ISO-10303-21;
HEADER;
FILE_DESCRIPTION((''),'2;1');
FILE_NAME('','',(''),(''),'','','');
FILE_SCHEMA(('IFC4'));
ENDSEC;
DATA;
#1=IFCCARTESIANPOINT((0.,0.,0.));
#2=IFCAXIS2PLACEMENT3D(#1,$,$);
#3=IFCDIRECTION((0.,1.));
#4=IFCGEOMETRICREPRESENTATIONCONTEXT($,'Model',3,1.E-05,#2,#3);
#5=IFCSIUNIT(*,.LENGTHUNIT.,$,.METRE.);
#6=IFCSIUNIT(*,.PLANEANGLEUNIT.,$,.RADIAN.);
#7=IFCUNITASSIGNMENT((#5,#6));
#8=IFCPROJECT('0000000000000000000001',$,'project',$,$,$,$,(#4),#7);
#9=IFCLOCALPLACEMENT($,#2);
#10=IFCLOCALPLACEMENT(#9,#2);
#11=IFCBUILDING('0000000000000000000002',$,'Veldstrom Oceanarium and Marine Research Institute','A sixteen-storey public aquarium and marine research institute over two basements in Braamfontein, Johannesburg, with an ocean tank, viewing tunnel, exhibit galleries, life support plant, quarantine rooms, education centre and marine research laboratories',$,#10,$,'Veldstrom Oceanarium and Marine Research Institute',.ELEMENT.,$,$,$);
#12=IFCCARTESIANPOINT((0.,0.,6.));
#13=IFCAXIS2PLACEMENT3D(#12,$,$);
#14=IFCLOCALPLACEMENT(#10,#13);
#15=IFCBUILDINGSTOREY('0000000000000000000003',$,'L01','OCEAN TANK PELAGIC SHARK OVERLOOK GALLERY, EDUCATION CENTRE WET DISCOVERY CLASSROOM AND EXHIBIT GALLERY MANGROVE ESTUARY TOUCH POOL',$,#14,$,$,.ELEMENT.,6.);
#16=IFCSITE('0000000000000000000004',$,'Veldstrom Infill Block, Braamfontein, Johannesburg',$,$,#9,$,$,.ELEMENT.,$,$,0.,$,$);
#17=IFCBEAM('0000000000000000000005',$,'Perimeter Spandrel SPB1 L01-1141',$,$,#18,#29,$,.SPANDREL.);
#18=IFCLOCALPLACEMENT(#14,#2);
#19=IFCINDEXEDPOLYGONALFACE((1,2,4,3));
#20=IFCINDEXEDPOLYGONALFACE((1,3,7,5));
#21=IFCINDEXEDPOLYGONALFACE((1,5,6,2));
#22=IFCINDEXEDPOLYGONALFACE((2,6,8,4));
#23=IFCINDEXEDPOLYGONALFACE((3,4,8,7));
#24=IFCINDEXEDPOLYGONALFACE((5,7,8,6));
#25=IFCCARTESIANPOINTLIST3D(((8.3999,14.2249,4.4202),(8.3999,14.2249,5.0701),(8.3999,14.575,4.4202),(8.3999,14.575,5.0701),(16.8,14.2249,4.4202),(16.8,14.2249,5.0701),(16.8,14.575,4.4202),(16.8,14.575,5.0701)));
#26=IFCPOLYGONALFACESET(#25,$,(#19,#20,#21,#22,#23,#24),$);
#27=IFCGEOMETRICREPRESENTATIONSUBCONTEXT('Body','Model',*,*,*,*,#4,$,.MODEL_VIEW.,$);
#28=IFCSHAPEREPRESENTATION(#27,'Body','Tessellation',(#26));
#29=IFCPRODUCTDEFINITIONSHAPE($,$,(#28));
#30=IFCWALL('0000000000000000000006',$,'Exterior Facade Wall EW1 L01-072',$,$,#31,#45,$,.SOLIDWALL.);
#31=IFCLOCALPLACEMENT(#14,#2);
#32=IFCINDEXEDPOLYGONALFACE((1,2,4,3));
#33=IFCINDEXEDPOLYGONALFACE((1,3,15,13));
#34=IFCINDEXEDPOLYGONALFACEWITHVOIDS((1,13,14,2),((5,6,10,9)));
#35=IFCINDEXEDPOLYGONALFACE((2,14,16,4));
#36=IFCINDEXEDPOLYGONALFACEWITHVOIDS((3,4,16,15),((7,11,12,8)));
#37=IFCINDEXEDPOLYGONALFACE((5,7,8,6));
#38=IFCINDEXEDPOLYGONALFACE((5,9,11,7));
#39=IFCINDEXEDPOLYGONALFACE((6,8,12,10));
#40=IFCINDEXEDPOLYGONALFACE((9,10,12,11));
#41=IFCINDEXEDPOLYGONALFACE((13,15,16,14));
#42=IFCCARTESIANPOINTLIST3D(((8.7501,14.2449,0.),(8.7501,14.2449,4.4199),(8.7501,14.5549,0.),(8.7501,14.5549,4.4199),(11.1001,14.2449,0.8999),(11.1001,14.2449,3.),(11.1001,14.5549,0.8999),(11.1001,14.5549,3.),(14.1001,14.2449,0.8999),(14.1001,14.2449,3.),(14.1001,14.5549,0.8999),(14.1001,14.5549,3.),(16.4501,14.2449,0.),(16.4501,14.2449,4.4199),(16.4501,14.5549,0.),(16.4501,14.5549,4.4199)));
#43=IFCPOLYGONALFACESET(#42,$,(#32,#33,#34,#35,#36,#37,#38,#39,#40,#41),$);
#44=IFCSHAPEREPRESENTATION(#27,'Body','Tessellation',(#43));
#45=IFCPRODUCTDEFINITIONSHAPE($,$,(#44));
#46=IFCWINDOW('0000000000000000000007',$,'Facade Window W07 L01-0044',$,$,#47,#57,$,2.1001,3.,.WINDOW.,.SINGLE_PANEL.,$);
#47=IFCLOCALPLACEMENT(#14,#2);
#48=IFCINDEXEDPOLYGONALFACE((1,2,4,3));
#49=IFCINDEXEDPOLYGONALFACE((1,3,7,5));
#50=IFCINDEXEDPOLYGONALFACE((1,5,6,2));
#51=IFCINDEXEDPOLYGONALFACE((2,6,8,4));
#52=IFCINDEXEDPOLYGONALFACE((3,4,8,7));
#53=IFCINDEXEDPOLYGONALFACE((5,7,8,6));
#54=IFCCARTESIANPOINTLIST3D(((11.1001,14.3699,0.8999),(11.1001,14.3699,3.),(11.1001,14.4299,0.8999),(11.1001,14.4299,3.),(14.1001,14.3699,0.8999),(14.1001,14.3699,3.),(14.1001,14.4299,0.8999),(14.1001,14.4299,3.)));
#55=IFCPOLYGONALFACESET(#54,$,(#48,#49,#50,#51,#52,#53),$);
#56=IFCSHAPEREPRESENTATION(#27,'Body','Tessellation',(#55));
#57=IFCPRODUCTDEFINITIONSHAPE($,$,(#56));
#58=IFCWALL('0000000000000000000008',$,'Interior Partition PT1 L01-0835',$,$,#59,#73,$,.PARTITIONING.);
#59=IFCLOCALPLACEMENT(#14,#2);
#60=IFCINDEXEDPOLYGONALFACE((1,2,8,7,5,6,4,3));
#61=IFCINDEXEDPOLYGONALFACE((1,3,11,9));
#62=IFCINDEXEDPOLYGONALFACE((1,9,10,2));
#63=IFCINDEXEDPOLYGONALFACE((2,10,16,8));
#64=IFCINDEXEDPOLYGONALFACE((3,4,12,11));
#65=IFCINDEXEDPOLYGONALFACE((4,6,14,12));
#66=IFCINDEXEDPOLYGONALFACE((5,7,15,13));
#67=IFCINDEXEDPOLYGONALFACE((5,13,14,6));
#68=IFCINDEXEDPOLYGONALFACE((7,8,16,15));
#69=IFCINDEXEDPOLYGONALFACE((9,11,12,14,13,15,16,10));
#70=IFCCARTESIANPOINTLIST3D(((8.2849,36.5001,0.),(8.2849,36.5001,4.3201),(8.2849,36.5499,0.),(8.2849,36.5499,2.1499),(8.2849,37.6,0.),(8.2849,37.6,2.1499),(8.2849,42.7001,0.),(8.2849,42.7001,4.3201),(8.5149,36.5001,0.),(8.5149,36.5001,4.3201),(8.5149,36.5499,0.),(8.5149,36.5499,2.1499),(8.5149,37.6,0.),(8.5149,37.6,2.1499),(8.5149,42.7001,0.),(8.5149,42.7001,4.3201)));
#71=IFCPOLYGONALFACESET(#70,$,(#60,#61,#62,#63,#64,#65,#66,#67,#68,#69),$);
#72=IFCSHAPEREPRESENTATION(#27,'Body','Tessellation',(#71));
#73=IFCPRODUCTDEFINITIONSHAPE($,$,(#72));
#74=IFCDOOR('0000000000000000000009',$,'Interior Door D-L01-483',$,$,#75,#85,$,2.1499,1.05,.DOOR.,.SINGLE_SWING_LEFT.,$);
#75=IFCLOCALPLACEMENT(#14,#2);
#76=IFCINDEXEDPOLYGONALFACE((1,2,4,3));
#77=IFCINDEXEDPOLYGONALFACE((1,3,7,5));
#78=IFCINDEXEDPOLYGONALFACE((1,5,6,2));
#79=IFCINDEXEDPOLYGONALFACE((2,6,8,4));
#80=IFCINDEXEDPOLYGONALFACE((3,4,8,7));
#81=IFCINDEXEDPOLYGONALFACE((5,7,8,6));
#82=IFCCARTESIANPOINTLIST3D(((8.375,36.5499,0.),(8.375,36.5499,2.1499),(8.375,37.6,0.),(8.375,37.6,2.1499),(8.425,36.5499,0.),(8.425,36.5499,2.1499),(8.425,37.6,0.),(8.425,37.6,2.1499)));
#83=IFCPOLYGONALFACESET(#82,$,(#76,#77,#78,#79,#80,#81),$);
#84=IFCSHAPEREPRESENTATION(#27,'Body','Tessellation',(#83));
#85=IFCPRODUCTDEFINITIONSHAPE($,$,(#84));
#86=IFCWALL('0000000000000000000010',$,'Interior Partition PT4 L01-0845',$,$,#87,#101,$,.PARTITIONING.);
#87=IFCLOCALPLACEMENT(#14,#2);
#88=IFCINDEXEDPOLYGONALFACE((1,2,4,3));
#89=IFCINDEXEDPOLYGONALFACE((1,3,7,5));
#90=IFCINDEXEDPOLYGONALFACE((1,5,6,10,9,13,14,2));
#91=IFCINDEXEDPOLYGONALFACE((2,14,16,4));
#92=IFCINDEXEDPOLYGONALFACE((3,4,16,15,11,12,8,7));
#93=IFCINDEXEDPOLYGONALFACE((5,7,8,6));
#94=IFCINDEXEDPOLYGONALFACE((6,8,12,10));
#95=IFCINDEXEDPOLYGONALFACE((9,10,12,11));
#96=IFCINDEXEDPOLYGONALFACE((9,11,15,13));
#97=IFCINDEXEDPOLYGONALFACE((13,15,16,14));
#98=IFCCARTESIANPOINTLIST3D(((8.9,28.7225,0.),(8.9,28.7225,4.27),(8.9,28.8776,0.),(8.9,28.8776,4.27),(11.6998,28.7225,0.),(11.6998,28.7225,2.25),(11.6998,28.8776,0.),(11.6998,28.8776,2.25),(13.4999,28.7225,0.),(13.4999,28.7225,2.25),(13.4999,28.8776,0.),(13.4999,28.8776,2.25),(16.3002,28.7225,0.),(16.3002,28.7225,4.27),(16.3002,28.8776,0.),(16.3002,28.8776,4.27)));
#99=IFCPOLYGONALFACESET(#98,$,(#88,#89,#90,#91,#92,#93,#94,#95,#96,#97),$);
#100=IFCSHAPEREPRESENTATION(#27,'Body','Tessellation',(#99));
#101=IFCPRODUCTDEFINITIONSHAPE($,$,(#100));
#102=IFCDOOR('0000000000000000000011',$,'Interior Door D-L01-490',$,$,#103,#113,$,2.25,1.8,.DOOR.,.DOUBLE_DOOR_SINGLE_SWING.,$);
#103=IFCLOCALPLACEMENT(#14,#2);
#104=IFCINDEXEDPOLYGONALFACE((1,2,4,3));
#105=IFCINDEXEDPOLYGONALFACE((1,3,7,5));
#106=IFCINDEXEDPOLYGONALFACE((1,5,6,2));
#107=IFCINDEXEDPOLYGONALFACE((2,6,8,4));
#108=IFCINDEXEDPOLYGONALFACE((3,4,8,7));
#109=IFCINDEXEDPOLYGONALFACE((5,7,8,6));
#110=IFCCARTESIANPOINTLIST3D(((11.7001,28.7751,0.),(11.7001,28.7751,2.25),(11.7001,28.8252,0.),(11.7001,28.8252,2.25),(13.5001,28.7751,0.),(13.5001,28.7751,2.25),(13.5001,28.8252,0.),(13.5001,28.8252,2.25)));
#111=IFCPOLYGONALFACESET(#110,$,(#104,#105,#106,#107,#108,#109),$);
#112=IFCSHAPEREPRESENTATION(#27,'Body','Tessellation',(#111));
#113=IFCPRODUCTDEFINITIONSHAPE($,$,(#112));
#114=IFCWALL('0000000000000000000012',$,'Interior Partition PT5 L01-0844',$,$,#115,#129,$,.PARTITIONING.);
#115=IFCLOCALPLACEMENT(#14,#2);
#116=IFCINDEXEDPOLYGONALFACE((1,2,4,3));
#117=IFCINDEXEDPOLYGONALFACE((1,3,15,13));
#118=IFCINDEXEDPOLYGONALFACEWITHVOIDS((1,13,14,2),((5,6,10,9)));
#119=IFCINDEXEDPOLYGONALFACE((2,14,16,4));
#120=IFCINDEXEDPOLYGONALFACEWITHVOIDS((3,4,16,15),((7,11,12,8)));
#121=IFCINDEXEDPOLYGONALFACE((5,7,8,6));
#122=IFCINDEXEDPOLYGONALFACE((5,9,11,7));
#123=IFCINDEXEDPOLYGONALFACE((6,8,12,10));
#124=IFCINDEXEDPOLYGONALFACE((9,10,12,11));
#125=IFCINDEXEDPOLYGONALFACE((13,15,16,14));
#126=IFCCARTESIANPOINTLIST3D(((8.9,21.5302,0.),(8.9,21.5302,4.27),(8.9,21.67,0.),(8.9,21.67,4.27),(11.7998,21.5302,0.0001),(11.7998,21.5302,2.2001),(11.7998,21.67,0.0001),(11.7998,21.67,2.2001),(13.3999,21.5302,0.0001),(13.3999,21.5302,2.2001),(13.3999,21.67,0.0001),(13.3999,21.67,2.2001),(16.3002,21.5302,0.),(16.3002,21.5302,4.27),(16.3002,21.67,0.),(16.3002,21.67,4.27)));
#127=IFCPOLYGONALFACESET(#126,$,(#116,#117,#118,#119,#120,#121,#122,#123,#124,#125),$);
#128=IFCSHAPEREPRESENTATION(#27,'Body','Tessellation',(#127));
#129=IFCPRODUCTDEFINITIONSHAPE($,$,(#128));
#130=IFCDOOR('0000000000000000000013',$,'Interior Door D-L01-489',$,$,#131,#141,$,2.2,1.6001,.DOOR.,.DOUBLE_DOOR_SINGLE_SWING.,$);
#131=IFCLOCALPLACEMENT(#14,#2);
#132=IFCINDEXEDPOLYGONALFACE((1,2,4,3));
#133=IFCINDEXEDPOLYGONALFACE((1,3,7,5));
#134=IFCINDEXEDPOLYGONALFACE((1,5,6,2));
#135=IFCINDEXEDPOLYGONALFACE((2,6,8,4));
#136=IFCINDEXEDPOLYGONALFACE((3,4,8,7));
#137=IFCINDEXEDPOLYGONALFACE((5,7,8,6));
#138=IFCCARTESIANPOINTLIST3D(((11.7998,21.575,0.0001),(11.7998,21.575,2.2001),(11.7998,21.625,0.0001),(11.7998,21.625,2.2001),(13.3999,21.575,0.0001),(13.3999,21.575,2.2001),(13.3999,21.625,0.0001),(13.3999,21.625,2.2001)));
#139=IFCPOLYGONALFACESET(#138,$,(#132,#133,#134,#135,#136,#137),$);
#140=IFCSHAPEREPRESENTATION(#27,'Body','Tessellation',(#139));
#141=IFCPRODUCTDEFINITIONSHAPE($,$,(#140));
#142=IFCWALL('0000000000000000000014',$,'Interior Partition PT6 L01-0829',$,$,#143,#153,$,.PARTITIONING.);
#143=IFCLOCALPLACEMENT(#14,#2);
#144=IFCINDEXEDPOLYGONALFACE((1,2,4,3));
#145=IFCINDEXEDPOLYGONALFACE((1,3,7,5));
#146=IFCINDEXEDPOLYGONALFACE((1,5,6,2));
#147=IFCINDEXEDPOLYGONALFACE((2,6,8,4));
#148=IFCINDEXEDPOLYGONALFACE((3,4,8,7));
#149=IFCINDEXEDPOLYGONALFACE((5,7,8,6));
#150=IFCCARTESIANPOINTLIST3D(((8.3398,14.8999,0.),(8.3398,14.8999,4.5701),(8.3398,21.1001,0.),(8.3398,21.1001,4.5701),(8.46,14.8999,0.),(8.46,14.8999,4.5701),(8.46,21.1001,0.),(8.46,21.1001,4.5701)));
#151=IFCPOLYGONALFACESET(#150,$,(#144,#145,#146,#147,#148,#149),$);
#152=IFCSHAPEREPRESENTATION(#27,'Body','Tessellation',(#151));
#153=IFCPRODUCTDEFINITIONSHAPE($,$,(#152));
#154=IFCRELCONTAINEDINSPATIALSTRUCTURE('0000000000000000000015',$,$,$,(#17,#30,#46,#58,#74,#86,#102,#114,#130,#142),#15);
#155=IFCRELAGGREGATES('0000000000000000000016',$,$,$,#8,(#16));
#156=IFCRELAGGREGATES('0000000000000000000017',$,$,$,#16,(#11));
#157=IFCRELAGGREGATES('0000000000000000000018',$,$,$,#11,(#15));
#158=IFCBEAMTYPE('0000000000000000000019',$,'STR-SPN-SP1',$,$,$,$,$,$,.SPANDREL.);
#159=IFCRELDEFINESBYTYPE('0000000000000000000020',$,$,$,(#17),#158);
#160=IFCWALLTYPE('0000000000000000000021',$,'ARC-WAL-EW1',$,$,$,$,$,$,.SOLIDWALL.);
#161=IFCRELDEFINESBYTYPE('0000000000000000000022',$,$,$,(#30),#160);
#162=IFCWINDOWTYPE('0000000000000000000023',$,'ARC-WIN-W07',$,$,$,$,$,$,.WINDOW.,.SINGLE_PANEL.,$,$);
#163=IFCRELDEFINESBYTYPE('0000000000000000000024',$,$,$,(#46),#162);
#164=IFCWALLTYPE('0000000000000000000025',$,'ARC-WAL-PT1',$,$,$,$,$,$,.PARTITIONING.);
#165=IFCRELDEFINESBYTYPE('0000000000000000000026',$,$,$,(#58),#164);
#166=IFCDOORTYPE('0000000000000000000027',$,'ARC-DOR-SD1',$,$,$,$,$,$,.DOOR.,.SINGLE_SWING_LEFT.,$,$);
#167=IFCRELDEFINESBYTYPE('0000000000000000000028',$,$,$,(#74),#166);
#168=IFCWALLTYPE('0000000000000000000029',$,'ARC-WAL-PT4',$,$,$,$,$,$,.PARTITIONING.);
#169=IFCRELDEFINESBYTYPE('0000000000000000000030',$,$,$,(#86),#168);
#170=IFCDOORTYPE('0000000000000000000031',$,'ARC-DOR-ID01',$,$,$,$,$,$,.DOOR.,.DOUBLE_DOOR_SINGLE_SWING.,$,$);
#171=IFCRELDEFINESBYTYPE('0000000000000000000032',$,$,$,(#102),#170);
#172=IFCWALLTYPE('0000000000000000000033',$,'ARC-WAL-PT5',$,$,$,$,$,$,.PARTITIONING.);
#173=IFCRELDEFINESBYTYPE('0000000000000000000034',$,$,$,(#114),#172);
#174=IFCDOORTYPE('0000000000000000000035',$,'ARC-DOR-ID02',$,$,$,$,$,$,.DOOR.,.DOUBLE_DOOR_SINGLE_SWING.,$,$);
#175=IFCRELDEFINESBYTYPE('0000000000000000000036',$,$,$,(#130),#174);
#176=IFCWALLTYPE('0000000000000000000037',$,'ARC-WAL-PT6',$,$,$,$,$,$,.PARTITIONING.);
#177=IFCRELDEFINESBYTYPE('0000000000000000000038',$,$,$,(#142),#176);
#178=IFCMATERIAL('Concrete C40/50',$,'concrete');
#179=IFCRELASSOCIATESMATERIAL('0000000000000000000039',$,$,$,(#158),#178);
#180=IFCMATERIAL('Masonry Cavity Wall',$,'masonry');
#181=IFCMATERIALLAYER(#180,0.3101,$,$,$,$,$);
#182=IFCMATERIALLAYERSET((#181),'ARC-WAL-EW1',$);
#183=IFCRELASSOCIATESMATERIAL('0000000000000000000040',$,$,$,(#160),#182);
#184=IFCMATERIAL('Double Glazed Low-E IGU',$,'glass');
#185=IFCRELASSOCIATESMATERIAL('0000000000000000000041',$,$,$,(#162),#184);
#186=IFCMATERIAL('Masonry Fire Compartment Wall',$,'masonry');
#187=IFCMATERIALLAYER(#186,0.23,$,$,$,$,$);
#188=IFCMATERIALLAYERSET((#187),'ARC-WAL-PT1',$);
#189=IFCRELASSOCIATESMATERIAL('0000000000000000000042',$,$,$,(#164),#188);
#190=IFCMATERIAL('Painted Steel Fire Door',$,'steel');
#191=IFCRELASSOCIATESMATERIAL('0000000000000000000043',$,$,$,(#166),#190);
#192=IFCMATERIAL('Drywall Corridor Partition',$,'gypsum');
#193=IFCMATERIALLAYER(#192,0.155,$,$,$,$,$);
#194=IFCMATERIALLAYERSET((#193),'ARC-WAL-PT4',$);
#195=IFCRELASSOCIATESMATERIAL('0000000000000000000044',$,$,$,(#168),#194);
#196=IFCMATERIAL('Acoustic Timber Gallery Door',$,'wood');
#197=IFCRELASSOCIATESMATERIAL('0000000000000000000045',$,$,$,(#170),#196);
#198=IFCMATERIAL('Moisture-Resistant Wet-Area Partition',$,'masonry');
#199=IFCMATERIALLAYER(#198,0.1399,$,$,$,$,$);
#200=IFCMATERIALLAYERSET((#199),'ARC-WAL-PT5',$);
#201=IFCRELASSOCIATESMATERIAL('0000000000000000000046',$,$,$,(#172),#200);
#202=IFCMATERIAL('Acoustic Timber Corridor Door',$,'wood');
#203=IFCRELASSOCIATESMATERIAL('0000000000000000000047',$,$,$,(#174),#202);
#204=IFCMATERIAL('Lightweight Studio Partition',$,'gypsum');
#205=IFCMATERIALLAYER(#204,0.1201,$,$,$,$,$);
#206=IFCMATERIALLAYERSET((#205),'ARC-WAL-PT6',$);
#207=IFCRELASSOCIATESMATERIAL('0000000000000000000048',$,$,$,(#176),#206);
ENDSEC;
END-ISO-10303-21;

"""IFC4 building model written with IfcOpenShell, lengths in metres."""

from ifc_helpers import new_model, si_unit, direction, frame, frame_2d, origin, origin_2d, place, context, subcontext, project, spatial, rectangle, extrude, material, layer, layer_set, material_profile, profile_set, type_object, element, fill, save


model = new_model("IFC4")

# Units and contexts
model_context = context("Model", 3, precision=1e-05, world=origin(), true_north=direction((0.0, 1.0)))
body_context = subcontext(model_context, "Body", "Model", "MODEL_VIEW")
ifc_project = project(units=[si_unit("LENGTHUNIT", "METRE"), si_unit("PLANEANGLEUNIT", "RADIAN")], contexts=[model_context])

# Site, building, storey
site_placement = place(None, origin())
site = spatial("IfcSite", under=ifc_project, at=site_placement, Name="Veldstrom Infill Block, Braamfontein, Johannesburg", CompositionType="ELEMENT", RefElevation=0.0)
building_placement = place(site_placement, origin())
building = spatial("IfcBuilding", under=site, at=building_placement, Name="Veldstrom Oceanarium and Marine Research Institute", Description="A sixteen-storey public aquarium and marine research institute over two basements in Braamfontein, Johannesburg, with an ocean tank, viewing tunnel, exhibit galleries, life support plant, quarantine rooms, education centre and marine research laboratories", LongName="Veldstrom Oceanarium and Marine Research Institute", CompositionType="ELEMENT")
storey_placement = place(building_placement, frame((0.0, 0.0, 6.0)))
storey = spatial("IfcBuildingStorey", under=building, at=storey_placement, Name="L01", Description="OCEAN TANK PELAGIC SHARK OVERLOOK GALLERY, EDUCATION CENTRE WET DISCOVERY CLASSROOM AND EXHIBIT GALLERY MANGROVE ESTUARY TOUCH POOL", CompositionType="ELEMENT", Elevation=6.0)

# Beam
ifc_material_1 = material(Name="Concrete C40/50", Category="concrete")
ifc_material_profile_1 = material_profile(ifc_material_1, rectangle(XDim=0.3501, YDim=0.6499, at=origin_2d()), Name="RC-SPN-350x650")
ifc_profile_set_1 = profile_set([ifc_material_profile_1], Name="Concrete C40/50")
beam_type_1 = type_object("IfcBeamType", Name="STR-SPN-SP1", PredefinedType="SPANDREL", material=ifc_profile_set_1)
beam_1_placement = place(storey_placement, frame((8.3999, 14.3999, 4.7451), z_axis=(1.0, 0.0, 0.0), x_axis=(0.0, 1.0, 0.0)))
element("IfcBeam", 1, at=beam_1_placement, inside=storey, type_object=beam_type_1, Name="Perimeter Spandrel SPB1 L01-1141", PredefinedType="SPANDREL", context=body_context, shape_type="SweptSolid", body=[
    extrude(rectangle(XDim=0.3501, YDim=0.6499, at=origin_2d()), origin(), (0.0, 0.0, 1.0), 8.4001),
])

# Wall, opening, window
ifc_material_2 = material(Name="Masonry Cavity Wall", Category="masonry")
ifc_layer_1 = layer(ifc_material_2, 0.3101)
ifc_layer_set_1 = layer_set([ifc_layer_1], Name="ARC-WAL-EW1")
wall_type_1 = type_object("IfcWallType", Name="ARC-WAL-EW1", PredefinedType="SOLIDWALL", material=ifc_layer_set_1)
wall_1_placement = place(storey_placement, frame((8.75, 14.3999, 0.0), z_axis=(0.0, 0.0, 1.0), x_axis=(1.0, 0.0, 0.0)))
wall_1 = element("IfcWall", 2, at=wall_1_placement, inside=storey, type_object=wall_type_1, Name="Exterior Facade Wall EW1 L01-072", PredefinedType="SOLIDWALL", context=body_context, shape_type="SweptSolid", body=[
    extrude(rectangle(XDim=7.7, YDim=0.3101, at=frame_2d((3.8501, 0.0))), origin(), (0.0, 0.0, 1.0), 4.4199),
])
opening_1_placement = place(wall_1_placement, frame((2.3501, 0.0, 0.8999)))
opening_1 = element("IfcOpeningElement", 3, at=opening_1_placement, cuts=wall_1, PredefinedType="OPENING", context=body_context, shape_type="SweptSolid", body=[
    extrude(rectangle(XDim=3.0, YDim=2.1001, at=frame_2d((1.5, 1.05))), frame((0.0, 0.165, 0.0), z_axis=(0.0, -1.0, 0.0), x_axis=(1.0, 0.0, 0.0)), (0.0, 0.0, 1.0), 0.3301),
])
ifc_material_3 = material(Name="Double Glazed Low-E IGU", Category="glass")
window_type = type_object("IfcWindowType", Name="ARC-WIN-W07", PartitioningType="SINGLE_PANEL", PredefinedType="WINDOW", material=ifc_material_3)
window_placement = place(opening_1_placement, origin())
window = element("IfcWindow", 4, at=window_placement, inside=storey, type_object=window_type, Name="Facade Window W07 L01-0044", OverallHeight=2.1001, OverallWidth=3.0, PartitioningType="SINGLE_PANEL", PredefinedType="WINDOW", context=body_context, shape_type="SweptSolid", body=[
    extrude(rectangle(XDim=3.0, YDim=2.1001, at=frame_2d((1.5, 1.05))), frame((0.0, 0.03, 0.0), z_axis=(0.0, -1.0, 0.0), x_axis=(1.0, 0.0, 0.0)), (0.0, 0.0, 1.0), 0.0601),
])
fill(opening_1, window)

# Walls, openings, doors
ifc_material_4 = material(Name="Masonry Fire Compartment Wall", Category="masonry")
ifc_layer_2 = layer(ifc_material_4, 0.23)
ifc_layer_set_2 = layer_set([ifc_layer_2], Name="ARC-WAL-PT1")
wall_type_2 = type_object("IfcWallType", Name="ARC-WAL-PT1", PredefinedType="PARTITIONING", material=ifc_layer_set_2)
wall_2_placement = place(storey_placement, frame((8.3999, 36.5, 0.0), z_axis=(0.0, 0.0, 1.0), x_axis=(0.0, 1.0, 0.0)))
wall_2 = element("IfcWall", 5, at=wall_2_placement, inside=storey, type_object=wall_type_2, Name="Interior Partition PT1 L01-0835", PredefinedType="PARTITIONING", context=body_context, shape_type="SweptSolid", body=[
    extrude(rectangle(XDim=6.2, YDim=0.23, at=frame_2d((3.1001, 0.0))), origin(), (0.0, 0.0, 1.0), 4.3201),
])
opening_2_placement = place(wall_2_placement, frame((0.05, 0.0, 0.0)))
opening_2 = element("IfcOpeningElement", 6, at=opening_2_placement, cuts=wall_2, PredefinedType="OPENING", context=body_context, shape_type="SweptSolid", body=[
    extrude(rectangle(XDim=1.05, YDim=2.1499, at=frame_2d((0.5249, 1.075))), frame((0.0, 0.125, 0.0), z_axis=(0.0, -1.0, 0.0), x_axis=(1.0, 0.0, 0.0)), (0.0, 0.0, 1.0), 0.25),
])
ifc_material_5 = material(Name="Painted Steel Fire Door", Category="steel")
door_type_1 = type_object("IfcDoorType", Name="ARC-DOR-SD1", OperationType="SINGLE_SWING_LEFT", PredefinedType="DOOR", material=ifc_material_5)
door_1_placement = place(opening_2_placement, origin())
door_1 = element("IfcDoor", 7, at=door_1_placement, inside=storey, type_object=door_type_1, Name="Interior Door D-L01-483", OperationType="SINGLE_SWING_LEFT", OverallHeight=2.1499, OverallWidth=1.05, PredefinedType="DOOR", context=body_context, shape_type="SweptSolid", body=[
    extrude(rectangle(XDim=1.05, YDim=2.1499, at=frame_2d((0.5249, 1.075))), frame((0.0, 0.0249, 0.0), z_axis=(0.0, -1.0, 0.0), x_axis=(1.0, 0.0, 0.0)), (0.0, 0.0, 1.0), 0.05),
])
fill(opening_2, door_1)
ifc_material_6 = material(Name="Drywall Corridor Partition", Category="gypsum")
ifc_layer_3 = layer(ifc_material_6, 0.155)
ifc_layer_set_3 = layer_set([ifc_layer_3], Name="ARC-WAL-PT4")
wall_type_3 = type_object("IfcWallType", Name="ARC-WAL-PT4", PredefinedType="PARTITIONING", material=ifc_layer_set_3)
wall_3_placement = place(storey_placement, frame((8.8999, 28.8, 0.0), z_axis=(0.0, 0.0, 1.0), x_axis=(1.0, 0.0, 0.0)))
wall_3 = element("IfcWall", 8, at=wall_3_placement, inside=storey, type_object=wall_type_3, Name="Interior Partition PT4 L01-0845", PredefinedType="PARTITIONING", context=body_context, shape_type="SweptSolid", body=[
    extrude(rectangle(XDim=7.4001, YDim=0.155, at=frame_2d((3.7002, 0.0))), origin(), (0.0, 0.0, 1.0), 4.27),
])
opening_3_placement = place(wall_3_placement, frame((2.8, 0.0, 0.0)))
opening_3 = element("IfcOpeningElement", 9, at=opening_3_placement, cuts=wall_3, PredefinedType="OPENING", context=body_context, shape_type="SweptSolid", body=[
    extrude(rectangle(XDim=1.8, YDim=2.25, at=frame_2d((0.8999, 1.125))), frame((0.0, 0.0874, 0.0), z_axis=(0.0, -1.0, 0.0), x_axis=(1.0, 0.0, 0.0)), (0.0, 0.0, 1.0), 0.175),
])
ifc_material_7 = material(Name="Acoustic Timber Gallery Door", Category="wood")
door_type_2 = type_object("IfcDoorType", Name="ARC-DOR-ID01", OperationType="DOUBLE_DOOR_SINGLE_SWING", PredefinedType="DOOR", material=ifc_material_7)
door_2_placement = place(opening_3_placement, frame((1.8, 0.0, 0.0), z_axis=(0.0, 0.0, 1.0), x_axis=(-1.0, 0.0, 0.0)))
door_2 = element("IfcDoor", 10, at=door_2_placement, inside=storey, type_object=door_type_2, Name="Interior Door D-L01-490", OperationType="DOUBLE_DOOR_SINGLE_SWING", OverallHeight=2.25, OverallWidth=1.8, PredefinedType="DOOR", context=body_context, shape_type="SweptSolid", body=[
    extrude(rectangle(XDim=1.8, YDim=2.25, at=frame_2d((0.8999, 1.125))), frame((0.0, 0.0249, 0.0), z_axis=(0.0, -1.0, 0.0), x_axis=(1.0, 0.0, 0.0)), (0.0, 0.0, 1.0), 0.05),
])
fill(opening_3, door_2)
ifc_material_8 = material(Name="Moisture-Resistant Wet-Area Partition", Category="masonry")
ifc_layer_4 = layer(ifc_material_8, 0.1399)
ifc_layer_set_4 = layer_set([ifc_layer_4], Name="ARC-WAL-PT5")
wall_type_4 = type_object("IfcWallType", Name="ARC-WAL-PT5", PredefinedType="PARTITIONING", material=ifc_layer_set_4)
wall_4_placement = place(storey_placement, frame((8.8999, 21.6001, 0.0), z_axis=(0.0, 0.0, 1.0), x_axis=(1.0, 0.0, 0.0)))
wall_4 = element("IfcWall", 11, at=wall_4_placement, inside=storey, type_object=wall_type_4, Name="Interior Partition PT5 L01-0844", PredefinedType="PARTITIONING", context=body_context, shape_type="SweptSolid", body=[
    extrude(rectangle(XDim=7.4001, YDim=0.1399, at=frame_2d((3.7002, 0.0))), origin(), (0.0, 0.0, 1.0), 4.27),
])
opening_4_placement = place(wall_4_placement, frame((2.8999, 0.0, 0.0)))
opening_4 = element("IfcOpeningElement", 12, at=opening_4_placement, cuts=wall_4, PredefinedType="OPENING", context=body_context, shape_type="SweptSolid", body=[
    extrude(rectangle(XDim=1.6001, YDim=2.2, at=frame_2d((0.8, 1.1001))), frame((0.0, 0.0798, 0.0), z_axis=(0.0, -1.0, 0.0), x_axis=(1.0, 0.0, 0.0)), (0.0, 0.0, 1.0), 0.1599),
])
ifc_material_9 = material(Name="Acoustic Timber Corridor Door", Category="wood")
door_type_3 = type_object("IfcDoorType", Name="ARC-DOR-ID02", OperationType="DOUBLE_DOOR_SINGLE_SWING", PredefinedType="DOOR", material=ifc_material_9)
door_3_placement = place(opening_4_placement, origin())
door_3 = element("IfcDoor", 13, at=door_3_placement, inside=storey, type_object=door_type_3, Name="Interior Door D-L01-489", OperationType="DOUBLE_DOOR_SINGLE_SWING", OverallHeight=2.2, OverallWidth=1.6001, PredefinedType="DOOR", context=body_context, shape_type="SweptSolid", body=[
    extrude(rectangle(XDim=1.6001, YDim=2.2, at=frame_2d((0.8, 1.1001))), frame((0.0, 0.0249, 0.0), z_axis=(0.0, -1.0, 0.0), x_axis=(1.0, 0.0, 0.0)), (0.0, 0.0, 1.0), 0.05),
])
fill(opening_4, door_3)

# Wall
ifc_material_10 = material(Name="Lightweight Studio Partition", Category="gypsum")
ifc_layer_5 = layer(ifc_material_10, 0.1201)
ifc_layer_set_5 = layer_set([ifc_layer_5], Name="ARC-WAL-PT6")
wall_type_5 = type_object("IfcWallType", Name="ARC-WAL-PT6", PredefinedType="PARTITIONING", material=ifc_layer_set_5)
wall_5_placement = place(storey_placement, frame((8.3999, 14.8999, 0.0), z_axis=(0.0, 0.0, 1.0), x_axis=(0.0, 1.0, 0.0)))
element("IfcWall", 14, at=wall_5_placement, inside=storey, type_object=wall_type_5, Name="Interior Partition PT6 L01-0829", PredefinedType="PARTITIONING", context=body_context, shape_type="SweptSolid", body=[
    extrude(rectangle(XDim=6.2002, YDim=0.1201, at=frame_2d((3.1001, 0.0))), origin(), (0.0, 0.0, 1.0), 4.5701),
])

save(model, "model.ifc")
